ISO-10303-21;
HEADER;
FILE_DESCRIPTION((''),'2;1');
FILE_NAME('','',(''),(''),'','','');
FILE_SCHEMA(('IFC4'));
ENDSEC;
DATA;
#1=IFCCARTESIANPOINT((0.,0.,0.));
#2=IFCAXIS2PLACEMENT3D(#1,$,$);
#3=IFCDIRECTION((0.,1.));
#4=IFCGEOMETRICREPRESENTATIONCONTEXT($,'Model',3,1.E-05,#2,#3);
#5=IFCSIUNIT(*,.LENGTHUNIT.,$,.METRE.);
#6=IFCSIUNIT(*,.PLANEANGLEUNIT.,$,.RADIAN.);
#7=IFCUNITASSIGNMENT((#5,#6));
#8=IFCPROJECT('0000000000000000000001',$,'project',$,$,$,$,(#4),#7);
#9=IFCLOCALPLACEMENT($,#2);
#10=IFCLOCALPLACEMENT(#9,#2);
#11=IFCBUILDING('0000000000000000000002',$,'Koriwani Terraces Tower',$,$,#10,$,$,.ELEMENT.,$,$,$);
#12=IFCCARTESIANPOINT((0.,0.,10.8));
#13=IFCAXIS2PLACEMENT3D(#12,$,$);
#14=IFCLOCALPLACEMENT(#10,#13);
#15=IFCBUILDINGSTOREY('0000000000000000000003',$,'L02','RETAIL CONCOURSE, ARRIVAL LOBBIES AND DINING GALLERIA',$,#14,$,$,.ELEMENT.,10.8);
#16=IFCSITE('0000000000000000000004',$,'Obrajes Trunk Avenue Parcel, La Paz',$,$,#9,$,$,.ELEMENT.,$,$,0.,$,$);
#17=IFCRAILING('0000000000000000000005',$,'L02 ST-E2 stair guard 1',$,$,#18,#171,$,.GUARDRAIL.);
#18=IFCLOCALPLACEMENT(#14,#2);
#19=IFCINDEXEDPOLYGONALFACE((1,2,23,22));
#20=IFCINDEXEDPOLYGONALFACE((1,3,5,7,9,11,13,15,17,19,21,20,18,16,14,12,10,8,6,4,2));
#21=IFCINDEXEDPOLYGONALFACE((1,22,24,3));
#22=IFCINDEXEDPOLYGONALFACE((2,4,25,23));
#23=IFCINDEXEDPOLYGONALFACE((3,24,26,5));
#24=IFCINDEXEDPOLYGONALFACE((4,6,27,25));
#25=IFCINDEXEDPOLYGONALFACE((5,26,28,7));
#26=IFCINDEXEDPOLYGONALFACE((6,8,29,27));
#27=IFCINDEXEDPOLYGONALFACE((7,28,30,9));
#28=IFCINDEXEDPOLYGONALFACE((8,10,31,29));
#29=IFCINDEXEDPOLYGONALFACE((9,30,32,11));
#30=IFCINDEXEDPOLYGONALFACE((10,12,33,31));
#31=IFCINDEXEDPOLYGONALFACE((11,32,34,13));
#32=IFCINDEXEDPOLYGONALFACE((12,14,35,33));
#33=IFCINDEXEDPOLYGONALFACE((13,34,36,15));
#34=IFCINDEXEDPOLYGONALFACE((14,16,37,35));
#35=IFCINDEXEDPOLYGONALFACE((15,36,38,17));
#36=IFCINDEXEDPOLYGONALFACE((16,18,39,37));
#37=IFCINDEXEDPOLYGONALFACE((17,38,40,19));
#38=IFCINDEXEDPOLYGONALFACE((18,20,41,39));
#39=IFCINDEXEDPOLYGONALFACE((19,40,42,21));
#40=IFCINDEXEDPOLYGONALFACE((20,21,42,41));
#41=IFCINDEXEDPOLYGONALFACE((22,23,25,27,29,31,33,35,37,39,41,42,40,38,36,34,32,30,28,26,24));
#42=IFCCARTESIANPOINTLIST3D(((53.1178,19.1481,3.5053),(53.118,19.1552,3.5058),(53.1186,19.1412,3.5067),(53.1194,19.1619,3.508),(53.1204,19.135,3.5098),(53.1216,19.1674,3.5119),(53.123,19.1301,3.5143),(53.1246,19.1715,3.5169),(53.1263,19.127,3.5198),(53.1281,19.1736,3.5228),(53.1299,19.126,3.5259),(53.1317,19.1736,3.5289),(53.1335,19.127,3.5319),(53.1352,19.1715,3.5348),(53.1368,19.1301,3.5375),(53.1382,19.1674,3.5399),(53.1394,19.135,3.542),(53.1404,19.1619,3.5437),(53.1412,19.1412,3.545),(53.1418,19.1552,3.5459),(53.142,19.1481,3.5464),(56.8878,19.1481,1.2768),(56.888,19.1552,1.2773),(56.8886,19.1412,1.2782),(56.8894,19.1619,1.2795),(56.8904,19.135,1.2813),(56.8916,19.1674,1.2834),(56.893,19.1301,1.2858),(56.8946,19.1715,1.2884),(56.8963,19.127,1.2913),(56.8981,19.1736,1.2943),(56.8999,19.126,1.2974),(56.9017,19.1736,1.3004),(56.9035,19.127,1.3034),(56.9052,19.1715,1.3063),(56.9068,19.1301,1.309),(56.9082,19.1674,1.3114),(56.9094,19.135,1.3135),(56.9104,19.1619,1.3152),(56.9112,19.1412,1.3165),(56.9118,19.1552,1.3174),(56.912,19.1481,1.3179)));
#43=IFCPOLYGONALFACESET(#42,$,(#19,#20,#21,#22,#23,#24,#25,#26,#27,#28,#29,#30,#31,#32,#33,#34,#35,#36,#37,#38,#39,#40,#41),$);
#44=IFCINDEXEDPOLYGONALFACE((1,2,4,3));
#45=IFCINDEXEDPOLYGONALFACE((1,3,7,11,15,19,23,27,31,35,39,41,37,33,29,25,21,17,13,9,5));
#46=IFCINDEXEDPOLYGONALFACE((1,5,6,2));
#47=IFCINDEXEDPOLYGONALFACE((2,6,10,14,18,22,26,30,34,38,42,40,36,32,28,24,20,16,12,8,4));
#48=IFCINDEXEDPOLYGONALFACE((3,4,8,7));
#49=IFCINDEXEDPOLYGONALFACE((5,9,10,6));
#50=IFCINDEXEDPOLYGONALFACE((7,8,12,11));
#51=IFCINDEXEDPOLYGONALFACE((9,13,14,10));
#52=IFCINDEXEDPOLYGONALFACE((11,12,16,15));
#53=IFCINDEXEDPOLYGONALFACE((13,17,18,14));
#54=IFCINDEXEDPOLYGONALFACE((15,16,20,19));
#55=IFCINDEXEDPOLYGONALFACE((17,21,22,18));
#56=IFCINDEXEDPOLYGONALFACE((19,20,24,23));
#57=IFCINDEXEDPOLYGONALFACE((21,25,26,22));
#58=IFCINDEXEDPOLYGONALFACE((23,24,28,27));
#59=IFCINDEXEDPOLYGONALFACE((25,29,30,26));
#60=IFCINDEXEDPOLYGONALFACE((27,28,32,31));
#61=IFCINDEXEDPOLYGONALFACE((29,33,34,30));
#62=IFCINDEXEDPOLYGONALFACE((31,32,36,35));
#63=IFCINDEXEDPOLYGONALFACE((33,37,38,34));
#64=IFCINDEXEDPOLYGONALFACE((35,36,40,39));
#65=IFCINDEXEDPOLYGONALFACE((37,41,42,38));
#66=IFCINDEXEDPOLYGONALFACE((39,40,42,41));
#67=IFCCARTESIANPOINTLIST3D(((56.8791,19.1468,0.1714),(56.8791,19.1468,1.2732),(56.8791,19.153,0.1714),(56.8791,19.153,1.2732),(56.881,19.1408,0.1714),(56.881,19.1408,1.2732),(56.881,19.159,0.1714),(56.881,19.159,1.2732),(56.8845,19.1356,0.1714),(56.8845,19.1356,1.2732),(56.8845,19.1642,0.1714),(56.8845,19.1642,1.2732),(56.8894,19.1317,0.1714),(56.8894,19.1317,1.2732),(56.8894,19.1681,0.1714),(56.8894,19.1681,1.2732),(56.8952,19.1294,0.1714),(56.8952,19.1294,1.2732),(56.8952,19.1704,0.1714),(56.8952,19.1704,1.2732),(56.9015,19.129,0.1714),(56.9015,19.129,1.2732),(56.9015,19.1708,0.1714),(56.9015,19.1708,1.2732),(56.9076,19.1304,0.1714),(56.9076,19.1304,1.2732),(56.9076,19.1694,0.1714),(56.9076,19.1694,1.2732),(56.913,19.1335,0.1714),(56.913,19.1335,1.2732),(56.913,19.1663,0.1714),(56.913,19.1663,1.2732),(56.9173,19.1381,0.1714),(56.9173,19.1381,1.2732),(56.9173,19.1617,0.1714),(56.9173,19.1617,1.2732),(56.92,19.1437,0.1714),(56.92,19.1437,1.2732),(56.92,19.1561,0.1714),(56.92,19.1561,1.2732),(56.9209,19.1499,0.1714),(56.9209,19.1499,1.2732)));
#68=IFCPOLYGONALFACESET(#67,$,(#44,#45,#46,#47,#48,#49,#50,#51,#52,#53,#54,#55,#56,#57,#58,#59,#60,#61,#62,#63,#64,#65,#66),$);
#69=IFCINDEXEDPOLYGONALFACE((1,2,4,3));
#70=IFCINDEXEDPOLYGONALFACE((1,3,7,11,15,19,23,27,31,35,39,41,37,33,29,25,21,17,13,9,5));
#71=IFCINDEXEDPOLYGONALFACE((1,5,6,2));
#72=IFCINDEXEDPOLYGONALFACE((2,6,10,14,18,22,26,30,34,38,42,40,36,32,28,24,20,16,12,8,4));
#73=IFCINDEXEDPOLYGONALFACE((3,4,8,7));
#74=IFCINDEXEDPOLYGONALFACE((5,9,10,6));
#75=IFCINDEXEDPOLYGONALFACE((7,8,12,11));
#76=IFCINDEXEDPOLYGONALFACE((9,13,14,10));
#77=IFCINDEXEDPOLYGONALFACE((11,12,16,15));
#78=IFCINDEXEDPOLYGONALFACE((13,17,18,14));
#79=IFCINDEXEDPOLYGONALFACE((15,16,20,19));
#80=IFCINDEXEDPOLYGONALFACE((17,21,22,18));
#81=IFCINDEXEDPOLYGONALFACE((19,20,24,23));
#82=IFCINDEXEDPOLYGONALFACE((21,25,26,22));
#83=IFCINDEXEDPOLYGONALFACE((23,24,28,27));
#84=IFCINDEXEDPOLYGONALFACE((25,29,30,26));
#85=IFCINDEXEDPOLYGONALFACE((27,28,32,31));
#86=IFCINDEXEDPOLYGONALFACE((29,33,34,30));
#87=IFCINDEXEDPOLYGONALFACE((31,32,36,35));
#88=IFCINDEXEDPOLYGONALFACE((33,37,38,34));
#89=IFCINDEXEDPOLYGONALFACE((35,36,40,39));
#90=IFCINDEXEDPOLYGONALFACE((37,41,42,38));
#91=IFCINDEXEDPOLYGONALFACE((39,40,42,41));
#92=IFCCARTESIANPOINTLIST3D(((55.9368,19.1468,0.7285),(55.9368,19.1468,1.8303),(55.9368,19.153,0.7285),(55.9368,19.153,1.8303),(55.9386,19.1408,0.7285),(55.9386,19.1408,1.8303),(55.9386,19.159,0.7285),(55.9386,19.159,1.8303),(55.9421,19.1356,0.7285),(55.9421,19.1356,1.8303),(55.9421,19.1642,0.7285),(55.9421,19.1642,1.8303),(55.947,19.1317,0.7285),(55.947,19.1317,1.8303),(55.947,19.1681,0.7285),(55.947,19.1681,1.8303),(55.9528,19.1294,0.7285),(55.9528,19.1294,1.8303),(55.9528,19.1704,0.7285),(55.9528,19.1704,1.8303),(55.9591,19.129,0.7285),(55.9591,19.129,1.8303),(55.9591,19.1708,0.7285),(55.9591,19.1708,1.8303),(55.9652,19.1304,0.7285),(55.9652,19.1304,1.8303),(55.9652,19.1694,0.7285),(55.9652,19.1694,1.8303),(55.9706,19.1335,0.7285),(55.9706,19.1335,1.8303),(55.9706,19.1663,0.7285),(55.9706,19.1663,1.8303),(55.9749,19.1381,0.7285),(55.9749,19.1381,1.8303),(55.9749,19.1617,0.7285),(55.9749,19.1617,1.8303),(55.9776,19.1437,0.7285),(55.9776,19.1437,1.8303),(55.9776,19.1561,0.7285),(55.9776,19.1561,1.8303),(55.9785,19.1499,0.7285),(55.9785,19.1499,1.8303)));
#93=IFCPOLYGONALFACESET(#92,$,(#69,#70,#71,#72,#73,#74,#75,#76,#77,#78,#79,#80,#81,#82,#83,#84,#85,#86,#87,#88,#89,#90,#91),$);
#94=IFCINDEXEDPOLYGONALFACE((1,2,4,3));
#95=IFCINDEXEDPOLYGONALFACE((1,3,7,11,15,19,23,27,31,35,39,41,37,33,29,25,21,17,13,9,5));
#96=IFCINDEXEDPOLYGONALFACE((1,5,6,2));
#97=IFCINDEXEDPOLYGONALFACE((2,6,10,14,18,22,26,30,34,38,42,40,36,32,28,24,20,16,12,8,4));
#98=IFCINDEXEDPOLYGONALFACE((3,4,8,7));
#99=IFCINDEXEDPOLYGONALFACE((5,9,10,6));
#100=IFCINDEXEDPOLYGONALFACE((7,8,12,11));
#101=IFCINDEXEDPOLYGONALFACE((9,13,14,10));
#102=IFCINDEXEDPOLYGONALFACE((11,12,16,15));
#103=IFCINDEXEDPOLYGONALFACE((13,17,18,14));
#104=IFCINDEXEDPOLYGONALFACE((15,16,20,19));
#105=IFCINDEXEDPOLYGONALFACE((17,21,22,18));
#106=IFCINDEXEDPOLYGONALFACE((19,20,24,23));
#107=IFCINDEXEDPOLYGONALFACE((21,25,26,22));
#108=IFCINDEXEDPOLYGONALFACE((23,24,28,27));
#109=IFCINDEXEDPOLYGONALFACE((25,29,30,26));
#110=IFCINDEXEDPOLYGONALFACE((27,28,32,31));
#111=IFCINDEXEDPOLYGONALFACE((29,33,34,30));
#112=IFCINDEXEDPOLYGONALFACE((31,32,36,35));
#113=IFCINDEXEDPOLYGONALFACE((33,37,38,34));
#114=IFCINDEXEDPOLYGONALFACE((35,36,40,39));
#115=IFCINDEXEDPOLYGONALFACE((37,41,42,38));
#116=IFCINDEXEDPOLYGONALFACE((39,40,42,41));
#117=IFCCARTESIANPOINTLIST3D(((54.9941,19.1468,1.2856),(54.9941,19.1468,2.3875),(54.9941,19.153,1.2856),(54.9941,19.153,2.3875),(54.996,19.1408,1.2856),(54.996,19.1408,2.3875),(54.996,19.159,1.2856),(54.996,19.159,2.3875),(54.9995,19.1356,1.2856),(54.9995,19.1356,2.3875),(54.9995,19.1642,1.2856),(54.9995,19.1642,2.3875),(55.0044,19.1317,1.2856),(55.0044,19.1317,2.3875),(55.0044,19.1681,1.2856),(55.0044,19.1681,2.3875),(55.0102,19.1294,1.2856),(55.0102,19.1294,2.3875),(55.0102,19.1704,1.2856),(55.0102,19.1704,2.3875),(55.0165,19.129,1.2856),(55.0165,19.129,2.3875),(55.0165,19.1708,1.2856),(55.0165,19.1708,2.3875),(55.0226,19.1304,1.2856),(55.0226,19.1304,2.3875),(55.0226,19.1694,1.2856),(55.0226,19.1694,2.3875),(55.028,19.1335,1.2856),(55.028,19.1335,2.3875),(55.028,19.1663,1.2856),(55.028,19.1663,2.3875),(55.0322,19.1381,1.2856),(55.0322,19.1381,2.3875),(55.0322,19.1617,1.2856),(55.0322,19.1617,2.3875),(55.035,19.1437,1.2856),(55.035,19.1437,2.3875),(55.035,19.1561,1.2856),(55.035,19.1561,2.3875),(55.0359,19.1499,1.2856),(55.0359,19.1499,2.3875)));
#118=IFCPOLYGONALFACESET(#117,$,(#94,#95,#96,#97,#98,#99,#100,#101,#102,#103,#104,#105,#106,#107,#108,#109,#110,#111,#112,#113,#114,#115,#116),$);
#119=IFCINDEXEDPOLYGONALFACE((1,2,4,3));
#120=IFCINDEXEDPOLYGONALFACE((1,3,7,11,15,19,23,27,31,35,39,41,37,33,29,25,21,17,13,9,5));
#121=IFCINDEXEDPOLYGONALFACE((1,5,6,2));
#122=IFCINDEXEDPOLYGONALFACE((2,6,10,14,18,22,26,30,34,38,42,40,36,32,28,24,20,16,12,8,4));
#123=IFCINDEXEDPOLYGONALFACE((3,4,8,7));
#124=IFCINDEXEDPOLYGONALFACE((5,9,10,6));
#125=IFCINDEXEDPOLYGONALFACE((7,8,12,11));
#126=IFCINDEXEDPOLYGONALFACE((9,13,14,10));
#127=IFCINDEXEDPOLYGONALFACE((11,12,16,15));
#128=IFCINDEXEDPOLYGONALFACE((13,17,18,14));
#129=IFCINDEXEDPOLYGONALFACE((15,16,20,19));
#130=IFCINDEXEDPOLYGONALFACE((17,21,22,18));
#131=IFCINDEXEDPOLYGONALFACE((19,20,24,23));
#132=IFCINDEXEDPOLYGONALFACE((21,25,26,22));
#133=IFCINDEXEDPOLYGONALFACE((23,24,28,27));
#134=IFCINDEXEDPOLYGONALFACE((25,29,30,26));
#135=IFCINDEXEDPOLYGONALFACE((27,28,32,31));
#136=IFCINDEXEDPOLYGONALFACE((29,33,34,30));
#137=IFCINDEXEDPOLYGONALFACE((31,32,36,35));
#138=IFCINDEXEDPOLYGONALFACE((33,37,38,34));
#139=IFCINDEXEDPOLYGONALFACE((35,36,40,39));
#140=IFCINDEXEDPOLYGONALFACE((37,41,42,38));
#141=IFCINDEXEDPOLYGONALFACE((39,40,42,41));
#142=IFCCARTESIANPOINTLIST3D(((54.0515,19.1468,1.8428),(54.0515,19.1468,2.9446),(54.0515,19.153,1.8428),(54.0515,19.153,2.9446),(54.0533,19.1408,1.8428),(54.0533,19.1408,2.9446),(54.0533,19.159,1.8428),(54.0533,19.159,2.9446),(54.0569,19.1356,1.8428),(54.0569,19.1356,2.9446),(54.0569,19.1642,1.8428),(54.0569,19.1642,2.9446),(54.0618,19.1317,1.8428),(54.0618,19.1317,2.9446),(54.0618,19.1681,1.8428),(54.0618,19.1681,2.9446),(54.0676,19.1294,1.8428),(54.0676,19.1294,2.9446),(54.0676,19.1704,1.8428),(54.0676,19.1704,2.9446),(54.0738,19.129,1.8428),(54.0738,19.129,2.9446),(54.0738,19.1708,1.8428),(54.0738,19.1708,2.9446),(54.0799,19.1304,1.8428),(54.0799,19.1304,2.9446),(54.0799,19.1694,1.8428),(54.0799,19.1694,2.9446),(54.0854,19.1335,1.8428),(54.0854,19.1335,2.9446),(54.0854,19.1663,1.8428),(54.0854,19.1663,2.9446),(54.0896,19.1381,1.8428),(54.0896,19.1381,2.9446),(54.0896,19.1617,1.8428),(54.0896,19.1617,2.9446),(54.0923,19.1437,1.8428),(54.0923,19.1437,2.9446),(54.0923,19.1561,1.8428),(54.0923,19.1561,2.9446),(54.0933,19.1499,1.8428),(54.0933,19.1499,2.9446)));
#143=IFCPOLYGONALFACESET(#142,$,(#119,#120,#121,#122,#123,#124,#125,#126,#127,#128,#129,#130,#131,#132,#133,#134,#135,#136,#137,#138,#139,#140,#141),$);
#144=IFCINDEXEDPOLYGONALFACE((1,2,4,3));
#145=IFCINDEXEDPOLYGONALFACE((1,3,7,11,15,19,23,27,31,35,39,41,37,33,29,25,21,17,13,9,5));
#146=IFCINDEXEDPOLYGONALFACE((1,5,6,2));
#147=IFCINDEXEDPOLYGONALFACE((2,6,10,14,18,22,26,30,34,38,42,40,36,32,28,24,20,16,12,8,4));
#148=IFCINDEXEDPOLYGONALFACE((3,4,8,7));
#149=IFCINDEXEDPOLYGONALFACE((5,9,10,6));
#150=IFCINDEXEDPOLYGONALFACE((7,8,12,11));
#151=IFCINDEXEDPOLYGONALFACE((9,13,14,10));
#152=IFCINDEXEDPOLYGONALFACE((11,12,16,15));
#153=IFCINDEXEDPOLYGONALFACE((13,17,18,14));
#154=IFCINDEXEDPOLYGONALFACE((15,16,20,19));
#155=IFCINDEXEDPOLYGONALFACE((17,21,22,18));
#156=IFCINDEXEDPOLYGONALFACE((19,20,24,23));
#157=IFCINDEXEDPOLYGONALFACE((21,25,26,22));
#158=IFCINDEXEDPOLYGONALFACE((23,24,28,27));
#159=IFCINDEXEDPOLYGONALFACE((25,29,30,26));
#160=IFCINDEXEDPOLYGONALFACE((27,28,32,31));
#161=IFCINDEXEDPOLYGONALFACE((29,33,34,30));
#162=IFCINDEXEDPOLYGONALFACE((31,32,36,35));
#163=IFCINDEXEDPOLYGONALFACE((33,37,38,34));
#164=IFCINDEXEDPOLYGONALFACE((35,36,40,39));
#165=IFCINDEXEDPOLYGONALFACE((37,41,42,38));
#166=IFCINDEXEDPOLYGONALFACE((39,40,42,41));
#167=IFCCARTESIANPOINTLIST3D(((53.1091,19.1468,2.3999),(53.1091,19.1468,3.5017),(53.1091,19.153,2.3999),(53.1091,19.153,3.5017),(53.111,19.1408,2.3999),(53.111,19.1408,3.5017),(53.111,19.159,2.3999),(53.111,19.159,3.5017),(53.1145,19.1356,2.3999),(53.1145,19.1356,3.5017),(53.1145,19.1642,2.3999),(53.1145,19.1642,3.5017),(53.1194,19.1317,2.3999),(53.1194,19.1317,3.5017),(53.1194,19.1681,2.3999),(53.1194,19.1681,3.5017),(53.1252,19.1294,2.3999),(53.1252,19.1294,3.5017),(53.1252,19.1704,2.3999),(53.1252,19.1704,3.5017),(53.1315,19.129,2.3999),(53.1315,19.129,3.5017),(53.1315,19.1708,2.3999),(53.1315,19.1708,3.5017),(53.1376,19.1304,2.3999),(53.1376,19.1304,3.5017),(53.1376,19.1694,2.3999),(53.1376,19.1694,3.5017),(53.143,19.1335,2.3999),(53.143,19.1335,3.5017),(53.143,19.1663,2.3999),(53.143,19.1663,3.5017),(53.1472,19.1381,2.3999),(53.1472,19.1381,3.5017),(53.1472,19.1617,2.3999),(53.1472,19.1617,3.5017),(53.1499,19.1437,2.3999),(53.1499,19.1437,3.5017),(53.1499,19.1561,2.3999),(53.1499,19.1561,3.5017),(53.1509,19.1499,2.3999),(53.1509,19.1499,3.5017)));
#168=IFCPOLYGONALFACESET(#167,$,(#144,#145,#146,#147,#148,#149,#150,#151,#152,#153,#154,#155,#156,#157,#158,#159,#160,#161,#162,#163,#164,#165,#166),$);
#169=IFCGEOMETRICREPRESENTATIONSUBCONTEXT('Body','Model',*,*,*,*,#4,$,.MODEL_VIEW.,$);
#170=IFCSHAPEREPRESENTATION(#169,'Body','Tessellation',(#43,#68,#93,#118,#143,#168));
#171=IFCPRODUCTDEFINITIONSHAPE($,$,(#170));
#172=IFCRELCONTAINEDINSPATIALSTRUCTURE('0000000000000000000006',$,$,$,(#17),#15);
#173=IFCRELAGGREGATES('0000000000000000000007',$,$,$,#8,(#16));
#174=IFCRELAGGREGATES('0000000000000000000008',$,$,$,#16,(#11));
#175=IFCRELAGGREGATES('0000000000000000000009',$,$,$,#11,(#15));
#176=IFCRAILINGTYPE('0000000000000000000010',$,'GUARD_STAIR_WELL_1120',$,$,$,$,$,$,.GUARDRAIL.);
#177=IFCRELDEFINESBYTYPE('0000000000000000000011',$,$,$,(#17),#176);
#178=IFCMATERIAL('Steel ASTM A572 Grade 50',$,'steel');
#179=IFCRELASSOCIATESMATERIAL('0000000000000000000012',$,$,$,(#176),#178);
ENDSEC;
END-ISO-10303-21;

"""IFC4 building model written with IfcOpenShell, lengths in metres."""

from ifc_helpers import new_model, si_unit, direction, frame, origin, origin_2d, place, context, subcontext, project, spatial, circle, extrude, material, type_object, element, save


model = new_model("IFC4")

# Units and contexts
model_context = context("Model", 3, precision=1e-05, world=origin(), true_north=direction((0.0, 1.0)))
body_context = subcontext(model_context, "Body", "Model", "MODEL_VIEW")
ifc_project = project(units=[si_unit("LENGTHUNIT", "METRE"), si_unit("PLANEANGLEUNIT", "RADIAN")], contexts=[model_context])

# Site, building, storey
site_placement = place(None, origin())
site = spatial("IfcSite", under=ifc_project, at=site_placement, Name="Obrajes Trunk Avenue Parcel, La Paz", CompositionType="ELEMENT", RefElevation=0.0)
building_placement = place(site_placement, origin())
building = spatial("IfcBuilding", under=site, at=building_placement, Name="Koriwani Terraces Tower", CompositionType="ELEMENT")
storey_placement = place(building_placement, frame((0.0, 0.0, 10.8)))
storey = spatial("IfcBuildingStorey", under=building, at=storey_placement, Name="L02", Description="RETAIL CONCOURSE, ARRIVAL LOBBIES AND DINING GALLERIA", CompositionType="ELEMENT", Elevation=10.8)

# Shared definitions
ifc_material_1 = material(Name="Steel ASTM A572 Grade 50", Category="steel")

# Railing
railing_type_1 = type_object("IfcRailingType", Name="GUARD_STAIR_WELL_1120", PredefinedType="GUARDRAIL", material=ifc_material_1)
railing_1_placement = place(storey_placement, frame((56.8999, 19.1499, 0.1714)))
element("IfcRailing", 1, at=railing_1_placement, inside=storey, type_object=railing_type_1, Name="L02 ST-E2 stair guard 1", PredefinedType="GUARDRAIL", context=body_context, shape_type="SweptSolid", body=[
    extrude(circle(Radius=0.0239, at=origin_2d()), frame((0.0, 0.0, 1.126), z_axis=(-0.860849, 0.0, 0.508861), x_axis=(0.0, -1.0, 0.0)), (0.0, 0.0, 1.0), 4.3794),
    extrude(circle(Radius=0.021, at=origin_2d()), origin(), (0.0, 0.0, 1.0), 1.1018),
    extrude(circle(Radius=0.021, at=origin_2d()), frame((-0.9424, 0.0, 0.5571)), (0.0, 0.0, 1.0), 1.1018),
    extrude(circle(Radius=0.021, at=origin_2d()), frame((-1.885, 0.0, 1.1143)), (0.0, 0.0, 1.0), 1.1018),
    extrude(circle(Radius=0.021, at=origin_2d()), frame((-2.8276, 0.0, 1.6714)), (0.0, 0.0, 1.0), 1.1018),
    extrude(circle(Radius=0.021, at=origin_2d()), frame((-3.77, 0.0, 2.2285)), (0.0, 0.0, 1.0), 1.1018),
])

save(model, "model.ifc")
